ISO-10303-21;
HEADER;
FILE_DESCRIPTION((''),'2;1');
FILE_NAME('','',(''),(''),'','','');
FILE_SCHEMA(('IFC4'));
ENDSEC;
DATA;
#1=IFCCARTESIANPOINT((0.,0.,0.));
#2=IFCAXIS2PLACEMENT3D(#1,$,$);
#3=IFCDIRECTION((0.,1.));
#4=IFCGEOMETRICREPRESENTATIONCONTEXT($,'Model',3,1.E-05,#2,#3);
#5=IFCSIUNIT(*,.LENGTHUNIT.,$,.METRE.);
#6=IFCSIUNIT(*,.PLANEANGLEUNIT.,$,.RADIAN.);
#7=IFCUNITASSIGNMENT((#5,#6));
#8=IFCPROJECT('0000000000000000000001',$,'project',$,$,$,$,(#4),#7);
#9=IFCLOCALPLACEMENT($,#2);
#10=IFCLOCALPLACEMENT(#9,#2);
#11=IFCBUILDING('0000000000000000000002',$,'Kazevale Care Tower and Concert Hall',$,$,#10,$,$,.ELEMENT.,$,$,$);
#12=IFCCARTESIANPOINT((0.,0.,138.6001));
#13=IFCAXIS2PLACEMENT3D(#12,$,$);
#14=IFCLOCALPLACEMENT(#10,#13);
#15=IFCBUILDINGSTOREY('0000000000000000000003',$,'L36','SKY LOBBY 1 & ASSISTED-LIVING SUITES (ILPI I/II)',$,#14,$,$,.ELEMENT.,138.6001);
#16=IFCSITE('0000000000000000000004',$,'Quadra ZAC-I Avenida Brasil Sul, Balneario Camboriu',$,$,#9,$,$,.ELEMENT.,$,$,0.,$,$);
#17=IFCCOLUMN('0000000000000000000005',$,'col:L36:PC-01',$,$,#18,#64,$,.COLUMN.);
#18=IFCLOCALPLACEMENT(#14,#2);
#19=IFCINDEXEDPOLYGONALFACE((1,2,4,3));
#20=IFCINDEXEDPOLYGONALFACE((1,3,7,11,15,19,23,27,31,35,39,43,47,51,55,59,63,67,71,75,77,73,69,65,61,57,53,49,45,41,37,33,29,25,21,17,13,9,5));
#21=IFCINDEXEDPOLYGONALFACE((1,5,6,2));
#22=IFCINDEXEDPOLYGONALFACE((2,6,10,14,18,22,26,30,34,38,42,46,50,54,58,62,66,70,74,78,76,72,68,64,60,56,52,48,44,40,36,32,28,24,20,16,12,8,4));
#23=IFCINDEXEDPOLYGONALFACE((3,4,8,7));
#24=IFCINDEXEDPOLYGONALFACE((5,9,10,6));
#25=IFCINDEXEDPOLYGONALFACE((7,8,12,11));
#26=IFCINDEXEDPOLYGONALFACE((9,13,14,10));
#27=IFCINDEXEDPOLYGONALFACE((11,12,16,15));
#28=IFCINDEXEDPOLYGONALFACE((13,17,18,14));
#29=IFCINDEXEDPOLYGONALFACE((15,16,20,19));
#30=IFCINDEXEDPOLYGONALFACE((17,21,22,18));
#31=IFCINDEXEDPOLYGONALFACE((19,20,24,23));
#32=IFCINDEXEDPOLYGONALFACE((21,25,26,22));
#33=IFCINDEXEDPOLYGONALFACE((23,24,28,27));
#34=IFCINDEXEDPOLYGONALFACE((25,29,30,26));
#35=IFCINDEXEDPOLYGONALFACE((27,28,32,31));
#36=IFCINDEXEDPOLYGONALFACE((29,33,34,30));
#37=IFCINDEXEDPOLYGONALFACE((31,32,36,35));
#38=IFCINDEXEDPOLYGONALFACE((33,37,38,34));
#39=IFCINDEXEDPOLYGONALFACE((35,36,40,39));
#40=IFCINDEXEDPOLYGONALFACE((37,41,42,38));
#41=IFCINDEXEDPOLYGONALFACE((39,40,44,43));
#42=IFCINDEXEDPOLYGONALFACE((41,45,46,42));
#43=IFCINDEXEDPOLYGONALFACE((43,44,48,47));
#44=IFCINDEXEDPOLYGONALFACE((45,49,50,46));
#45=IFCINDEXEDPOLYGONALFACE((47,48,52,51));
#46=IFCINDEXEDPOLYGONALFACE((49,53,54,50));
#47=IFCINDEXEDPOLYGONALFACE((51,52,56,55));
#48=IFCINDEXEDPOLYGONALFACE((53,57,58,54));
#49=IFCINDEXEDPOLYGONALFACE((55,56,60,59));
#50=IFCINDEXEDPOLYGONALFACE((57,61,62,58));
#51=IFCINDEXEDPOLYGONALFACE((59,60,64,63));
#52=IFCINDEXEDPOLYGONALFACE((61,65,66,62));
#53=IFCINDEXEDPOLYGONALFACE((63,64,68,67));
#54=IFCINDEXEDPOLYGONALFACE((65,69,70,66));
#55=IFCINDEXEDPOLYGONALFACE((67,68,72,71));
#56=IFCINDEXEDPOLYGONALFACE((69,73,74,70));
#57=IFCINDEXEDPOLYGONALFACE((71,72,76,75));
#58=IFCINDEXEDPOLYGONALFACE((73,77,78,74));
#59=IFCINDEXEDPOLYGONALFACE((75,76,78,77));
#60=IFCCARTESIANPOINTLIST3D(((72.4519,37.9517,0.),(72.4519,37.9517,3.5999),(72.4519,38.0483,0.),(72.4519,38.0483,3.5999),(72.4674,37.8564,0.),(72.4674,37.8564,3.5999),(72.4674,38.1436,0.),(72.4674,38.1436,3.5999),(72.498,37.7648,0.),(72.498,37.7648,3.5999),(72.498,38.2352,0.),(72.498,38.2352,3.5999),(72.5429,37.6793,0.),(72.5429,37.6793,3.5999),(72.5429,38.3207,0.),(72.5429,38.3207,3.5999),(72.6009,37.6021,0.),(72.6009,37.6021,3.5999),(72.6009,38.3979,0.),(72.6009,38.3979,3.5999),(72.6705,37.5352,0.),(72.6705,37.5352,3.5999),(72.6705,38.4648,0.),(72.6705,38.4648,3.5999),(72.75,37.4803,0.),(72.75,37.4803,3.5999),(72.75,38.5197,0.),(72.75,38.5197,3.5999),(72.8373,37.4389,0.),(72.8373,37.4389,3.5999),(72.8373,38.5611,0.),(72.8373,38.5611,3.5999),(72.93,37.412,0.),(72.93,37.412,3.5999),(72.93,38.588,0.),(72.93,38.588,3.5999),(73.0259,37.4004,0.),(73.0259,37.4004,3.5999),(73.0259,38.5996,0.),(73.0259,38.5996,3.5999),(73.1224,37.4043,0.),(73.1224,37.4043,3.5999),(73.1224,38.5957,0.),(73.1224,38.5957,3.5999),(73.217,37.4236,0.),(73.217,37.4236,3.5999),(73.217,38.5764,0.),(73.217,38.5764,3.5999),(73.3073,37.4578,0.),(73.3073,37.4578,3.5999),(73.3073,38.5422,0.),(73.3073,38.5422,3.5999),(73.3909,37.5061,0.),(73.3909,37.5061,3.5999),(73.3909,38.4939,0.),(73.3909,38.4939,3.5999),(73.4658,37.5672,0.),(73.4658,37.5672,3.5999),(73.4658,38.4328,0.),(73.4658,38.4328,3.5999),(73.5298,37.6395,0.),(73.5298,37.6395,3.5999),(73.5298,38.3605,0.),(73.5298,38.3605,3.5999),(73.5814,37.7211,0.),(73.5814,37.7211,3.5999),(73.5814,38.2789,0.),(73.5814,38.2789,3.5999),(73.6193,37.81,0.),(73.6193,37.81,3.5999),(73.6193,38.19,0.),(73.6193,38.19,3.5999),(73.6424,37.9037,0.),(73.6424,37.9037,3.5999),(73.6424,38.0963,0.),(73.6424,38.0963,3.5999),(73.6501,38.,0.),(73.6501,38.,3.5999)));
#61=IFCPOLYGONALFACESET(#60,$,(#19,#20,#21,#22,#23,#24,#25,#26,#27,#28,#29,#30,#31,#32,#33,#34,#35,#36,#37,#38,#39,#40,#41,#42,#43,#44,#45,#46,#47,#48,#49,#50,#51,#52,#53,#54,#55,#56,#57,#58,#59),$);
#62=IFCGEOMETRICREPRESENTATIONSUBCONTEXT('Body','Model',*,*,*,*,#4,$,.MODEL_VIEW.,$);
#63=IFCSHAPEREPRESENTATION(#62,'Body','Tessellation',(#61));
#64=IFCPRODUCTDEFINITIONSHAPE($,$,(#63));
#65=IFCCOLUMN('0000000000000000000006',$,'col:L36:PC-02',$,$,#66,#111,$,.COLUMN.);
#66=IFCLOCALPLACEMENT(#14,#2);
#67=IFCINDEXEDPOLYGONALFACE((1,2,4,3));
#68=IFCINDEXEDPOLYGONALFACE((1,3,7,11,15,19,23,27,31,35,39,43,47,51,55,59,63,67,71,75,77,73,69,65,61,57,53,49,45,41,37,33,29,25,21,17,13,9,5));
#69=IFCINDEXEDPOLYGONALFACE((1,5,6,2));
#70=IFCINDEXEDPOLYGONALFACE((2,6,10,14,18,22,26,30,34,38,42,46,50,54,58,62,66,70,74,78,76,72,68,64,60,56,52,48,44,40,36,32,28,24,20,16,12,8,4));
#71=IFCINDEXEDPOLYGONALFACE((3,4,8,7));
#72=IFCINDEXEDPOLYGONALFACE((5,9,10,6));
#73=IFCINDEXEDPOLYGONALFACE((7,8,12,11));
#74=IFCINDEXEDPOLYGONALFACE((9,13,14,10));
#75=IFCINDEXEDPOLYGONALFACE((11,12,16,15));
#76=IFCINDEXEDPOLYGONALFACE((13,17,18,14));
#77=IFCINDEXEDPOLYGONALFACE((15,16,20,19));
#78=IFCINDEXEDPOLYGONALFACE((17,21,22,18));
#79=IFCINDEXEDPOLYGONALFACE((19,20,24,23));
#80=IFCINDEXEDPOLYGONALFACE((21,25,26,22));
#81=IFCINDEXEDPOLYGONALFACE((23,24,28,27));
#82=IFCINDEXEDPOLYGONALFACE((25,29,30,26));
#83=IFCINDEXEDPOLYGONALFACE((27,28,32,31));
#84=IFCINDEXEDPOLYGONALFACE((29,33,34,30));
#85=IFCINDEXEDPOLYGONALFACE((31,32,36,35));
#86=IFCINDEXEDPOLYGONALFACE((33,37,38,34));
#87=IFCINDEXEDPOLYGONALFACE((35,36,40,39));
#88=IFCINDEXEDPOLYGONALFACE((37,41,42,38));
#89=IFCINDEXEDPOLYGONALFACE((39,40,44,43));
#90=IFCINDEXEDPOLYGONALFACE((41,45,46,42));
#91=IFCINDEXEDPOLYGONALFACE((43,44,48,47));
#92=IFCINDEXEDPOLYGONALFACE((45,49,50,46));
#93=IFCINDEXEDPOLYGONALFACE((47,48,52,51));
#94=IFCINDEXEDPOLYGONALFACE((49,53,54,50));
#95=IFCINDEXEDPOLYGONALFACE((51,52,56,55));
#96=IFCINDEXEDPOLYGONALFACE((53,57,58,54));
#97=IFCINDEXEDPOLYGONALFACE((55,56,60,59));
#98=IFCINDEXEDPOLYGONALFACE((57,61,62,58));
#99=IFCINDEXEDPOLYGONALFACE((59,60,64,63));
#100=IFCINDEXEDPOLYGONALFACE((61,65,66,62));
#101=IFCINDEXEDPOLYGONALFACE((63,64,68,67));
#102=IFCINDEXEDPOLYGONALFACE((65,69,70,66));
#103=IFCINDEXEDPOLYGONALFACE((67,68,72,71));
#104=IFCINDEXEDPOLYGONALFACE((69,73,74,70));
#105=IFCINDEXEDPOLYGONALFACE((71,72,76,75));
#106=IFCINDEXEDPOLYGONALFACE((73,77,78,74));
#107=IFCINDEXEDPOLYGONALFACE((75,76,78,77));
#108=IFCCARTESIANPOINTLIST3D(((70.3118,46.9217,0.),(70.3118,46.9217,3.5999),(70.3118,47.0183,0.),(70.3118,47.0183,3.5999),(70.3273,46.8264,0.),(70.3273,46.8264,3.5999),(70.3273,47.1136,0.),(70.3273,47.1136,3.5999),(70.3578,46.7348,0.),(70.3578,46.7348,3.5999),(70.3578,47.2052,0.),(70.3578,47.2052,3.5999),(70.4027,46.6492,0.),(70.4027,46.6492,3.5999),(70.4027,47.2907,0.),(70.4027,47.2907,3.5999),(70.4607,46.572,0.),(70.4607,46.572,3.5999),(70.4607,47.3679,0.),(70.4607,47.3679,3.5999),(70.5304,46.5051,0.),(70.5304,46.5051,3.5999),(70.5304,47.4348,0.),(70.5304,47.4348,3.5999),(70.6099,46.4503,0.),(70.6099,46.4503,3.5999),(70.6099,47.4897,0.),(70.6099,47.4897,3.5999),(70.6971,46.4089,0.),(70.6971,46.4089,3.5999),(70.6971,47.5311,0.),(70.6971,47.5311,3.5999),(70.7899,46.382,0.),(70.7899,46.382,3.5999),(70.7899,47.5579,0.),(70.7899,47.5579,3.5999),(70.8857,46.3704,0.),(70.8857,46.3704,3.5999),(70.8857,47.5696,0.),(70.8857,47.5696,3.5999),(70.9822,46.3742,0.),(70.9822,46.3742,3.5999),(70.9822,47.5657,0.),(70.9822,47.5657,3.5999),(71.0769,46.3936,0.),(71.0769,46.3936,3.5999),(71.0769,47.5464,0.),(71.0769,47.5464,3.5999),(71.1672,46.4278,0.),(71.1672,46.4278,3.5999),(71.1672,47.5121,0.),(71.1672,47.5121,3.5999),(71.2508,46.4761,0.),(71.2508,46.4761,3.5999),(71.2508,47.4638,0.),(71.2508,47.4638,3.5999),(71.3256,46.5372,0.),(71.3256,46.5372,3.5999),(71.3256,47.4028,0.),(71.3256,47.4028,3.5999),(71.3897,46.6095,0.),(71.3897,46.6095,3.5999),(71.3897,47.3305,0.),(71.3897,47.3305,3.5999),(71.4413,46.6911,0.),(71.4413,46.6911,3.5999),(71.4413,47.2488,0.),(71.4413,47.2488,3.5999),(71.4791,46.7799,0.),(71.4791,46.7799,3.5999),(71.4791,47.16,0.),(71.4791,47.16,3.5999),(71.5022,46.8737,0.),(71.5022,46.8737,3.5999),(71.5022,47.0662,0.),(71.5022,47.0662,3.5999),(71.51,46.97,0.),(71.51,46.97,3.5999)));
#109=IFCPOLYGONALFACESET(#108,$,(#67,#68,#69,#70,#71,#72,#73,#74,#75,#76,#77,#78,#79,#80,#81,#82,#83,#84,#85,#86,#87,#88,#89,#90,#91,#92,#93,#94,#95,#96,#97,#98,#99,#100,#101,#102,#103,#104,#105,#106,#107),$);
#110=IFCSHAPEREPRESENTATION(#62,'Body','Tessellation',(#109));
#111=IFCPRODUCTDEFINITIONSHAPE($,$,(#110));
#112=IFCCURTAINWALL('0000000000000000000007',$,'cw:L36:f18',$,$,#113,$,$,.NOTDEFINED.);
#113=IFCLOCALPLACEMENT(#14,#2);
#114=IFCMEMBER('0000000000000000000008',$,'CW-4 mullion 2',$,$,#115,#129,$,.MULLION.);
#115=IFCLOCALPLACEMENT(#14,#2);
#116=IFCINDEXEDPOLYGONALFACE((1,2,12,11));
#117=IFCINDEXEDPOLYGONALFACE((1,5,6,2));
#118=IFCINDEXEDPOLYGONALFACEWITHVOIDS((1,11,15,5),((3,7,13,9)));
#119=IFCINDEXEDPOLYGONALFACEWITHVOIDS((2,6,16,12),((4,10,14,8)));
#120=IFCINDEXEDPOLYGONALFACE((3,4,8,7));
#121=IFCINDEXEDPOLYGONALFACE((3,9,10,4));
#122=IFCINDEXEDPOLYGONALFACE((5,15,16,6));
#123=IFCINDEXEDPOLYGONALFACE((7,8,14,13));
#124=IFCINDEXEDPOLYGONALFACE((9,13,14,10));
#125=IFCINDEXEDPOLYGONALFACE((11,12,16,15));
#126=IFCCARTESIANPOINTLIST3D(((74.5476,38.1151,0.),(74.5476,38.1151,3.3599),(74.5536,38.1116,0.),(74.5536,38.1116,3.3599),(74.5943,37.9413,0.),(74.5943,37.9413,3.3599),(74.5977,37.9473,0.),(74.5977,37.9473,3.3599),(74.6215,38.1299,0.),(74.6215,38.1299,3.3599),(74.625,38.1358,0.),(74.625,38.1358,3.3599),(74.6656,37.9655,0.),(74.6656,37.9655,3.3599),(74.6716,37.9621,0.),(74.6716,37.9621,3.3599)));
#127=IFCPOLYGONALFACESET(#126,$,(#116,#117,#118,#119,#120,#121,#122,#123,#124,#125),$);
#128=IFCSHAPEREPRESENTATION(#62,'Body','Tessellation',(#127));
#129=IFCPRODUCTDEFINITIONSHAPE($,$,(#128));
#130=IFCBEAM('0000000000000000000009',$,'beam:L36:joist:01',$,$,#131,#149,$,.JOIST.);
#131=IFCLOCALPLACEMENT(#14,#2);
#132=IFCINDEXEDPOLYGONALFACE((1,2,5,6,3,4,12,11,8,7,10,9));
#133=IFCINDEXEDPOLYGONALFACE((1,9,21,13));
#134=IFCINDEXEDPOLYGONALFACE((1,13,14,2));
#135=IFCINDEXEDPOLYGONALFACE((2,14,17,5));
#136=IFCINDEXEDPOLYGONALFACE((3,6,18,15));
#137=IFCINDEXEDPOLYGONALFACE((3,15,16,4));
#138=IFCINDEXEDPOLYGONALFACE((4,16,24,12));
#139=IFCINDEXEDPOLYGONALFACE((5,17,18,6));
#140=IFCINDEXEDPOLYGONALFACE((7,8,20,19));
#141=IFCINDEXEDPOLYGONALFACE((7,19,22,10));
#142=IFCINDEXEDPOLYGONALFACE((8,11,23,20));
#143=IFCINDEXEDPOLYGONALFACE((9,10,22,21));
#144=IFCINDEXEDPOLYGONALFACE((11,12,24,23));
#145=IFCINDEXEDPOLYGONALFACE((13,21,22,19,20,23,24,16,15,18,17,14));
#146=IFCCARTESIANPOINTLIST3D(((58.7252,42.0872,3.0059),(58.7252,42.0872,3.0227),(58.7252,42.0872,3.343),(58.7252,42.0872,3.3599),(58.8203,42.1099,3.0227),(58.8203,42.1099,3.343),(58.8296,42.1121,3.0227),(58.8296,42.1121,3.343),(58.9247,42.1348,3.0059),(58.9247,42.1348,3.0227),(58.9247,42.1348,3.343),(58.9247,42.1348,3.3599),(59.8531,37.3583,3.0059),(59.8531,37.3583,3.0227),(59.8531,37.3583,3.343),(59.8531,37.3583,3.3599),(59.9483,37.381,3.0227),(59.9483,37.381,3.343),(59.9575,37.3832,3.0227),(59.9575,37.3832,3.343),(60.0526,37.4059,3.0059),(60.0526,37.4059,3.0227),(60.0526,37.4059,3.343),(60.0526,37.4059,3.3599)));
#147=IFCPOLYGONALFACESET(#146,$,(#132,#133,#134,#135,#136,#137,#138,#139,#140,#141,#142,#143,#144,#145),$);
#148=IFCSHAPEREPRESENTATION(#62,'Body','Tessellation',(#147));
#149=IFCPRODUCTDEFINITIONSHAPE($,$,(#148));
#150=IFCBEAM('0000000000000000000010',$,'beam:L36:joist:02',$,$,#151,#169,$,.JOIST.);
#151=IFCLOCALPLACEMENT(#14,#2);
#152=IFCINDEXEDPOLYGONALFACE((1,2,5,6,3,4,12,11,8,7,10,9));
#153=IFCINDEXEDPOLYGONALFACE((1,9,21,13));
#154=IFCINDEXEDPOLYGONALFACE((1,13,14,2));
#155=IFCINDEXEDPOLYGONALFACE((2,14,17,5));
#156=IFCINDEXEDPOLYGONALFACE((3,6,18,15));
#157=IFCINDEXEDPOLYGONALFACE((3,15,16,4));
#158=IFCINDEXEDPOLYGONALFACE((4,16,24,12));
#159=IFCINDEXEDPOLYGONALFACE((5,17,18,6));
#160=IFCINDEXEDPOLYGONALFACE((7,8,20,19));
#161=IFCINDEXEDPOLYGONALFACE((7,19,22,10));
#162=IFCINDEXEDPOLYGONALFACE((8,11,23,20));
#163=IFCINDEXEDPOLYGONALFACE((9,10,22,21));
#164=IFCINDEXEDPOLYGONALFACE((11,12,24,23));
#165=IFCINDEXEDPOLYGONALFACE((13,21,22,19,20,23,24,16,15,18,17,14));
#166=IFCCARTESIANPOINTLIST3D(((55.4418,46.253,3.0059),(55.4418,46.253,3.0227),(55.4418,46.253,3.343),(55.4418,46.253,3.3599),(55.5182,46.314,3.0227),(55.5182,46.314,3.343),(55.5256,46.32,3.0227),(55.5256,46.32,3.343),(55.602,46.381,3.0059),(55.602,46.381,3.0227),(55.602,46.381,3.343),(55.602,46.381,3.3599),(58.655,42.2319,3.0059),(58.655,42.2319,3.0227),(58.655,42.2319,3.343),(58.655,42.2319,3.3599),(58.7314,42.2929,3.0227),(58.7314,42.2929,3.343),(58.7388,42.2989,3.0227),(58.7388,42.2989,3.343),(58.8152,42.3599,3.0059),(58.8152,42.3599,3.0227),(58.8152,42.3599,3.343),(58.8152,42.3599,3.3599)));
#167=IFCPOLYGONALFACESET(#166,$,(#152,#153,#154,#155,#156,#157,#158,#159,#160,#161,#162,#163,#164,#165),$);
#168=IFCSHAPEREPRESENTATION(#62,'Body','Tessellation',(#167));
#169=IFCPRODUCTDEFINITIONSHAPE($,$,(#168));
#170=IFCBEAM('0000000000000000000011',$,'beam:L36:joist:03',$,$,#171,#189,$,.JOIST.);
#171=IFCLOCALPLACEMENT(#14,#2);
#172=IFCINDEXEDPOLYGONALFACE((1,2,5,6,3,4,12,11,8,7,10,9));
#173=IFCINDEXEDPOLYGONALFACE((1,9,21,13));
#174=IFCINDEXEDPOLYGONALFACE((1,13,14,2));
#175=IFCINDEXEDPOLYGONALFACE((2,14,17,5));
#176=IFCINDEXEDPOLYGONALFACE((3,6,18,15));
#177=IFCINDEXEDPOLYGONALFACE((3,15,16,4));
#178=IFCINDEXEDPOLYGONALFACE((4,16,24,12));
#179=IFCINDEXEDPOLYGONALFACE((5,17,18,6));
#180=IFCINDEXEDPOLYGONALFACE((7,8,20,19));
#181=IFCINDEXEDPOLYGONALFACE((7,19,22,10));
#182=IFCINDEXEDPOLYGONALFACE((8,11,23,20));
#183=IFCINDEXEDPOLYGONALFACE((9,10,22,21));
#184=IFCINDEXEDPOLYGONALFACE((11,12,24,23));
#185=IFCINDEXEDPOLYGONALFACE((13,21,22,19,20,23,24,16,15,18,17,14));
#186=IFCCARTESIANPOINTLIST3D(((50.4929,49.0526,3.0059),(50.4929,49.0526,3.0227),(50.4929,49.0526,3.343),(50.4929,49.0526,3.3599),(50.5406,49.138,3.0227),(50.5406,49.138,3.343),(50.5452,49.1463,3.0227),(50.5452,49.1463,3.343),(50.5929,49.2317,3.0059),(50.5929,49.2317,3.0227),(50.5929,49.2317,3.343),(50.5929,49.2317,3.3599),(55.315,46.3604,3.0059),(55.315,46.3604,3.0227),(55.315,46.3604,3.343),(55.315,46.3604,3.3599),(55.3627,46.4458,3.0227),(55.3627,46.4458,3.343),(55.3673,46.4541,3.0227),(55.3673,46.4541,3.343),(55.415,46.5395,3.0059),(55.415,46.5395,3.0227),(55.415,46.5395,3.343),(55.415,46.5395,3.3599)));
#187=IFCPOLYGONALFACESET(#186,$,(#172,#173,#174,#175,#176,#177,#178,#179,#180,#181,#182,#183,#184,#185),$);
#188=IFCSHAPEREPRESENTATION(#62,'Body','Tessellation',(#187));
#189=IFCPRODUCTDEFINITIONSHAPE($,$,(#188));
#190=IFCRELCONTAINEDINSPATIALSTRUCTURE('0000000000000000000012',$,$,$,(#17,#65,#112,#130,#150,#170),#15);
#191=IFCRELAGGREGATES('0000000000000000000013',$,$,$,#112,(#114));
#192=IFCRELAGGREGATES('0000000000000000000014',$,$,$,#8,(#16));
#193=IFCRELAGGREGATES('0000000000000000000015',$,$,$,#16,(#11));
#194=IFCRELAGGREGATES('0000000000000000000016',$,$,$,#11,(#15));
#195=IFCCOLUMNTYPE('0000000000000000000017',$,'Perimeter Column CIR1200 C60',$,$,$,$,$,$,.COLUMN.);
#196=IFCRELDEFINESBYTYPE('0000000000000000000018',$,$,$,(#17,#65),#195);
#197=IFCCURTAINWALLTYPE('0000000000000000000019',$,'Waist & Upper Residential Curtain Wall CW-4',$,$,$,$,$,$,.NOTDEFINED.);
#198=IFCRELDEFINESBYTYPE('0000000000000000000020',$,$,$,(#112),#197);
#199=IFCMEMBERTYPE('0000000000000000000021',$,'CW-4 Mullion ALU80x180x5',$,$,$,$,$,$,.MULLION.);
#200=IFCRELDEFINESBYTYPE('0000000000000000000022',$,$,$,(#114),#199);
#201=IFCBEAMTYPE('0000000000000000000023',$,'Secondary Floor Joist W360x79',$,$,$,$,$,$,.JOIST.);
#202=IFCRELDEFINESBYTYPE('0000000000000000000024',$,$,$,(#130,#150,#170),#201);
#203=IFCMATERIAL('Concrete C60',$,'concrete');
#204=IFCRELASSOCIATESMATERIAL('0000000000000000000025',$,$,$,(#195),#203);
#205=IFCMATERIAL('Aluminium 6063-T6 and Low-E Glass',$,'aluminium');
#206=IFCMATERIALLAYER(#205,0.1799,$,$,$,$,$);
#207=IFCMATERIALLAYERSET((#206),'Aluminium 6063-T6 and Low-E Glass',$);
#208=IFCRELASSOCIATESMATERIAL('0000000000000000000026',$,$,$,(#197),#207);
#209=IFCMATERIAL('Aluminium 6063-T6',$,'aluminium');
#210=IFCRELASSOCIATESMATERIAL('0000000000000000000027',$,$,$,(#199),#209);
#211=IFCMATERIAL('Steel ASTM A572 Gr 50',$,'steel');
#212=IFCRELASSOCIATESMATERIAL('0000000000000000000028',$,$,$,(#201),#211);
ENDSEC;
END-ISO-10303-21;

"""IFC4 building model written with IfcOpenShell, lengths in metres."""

from ifc_helpers import new_model, si_unit, direction, frame, origin, origin_2d, place, context, subcontext, project, spatial, hollow_rectangle, circle, i_section, extrude, material, layer, layer_set, material_profile, profile_set, type_object, element, aggregate, save


model = new_model("IFC4")

# Units and contexts
model_context = context("Model", 3, precision=1e-05, world=origin(), true_north=direction((0.0, 1.0)))
body_context = subcontext(model_context, "Body", "Model", "MODEL_VIEW")
ifc_project = project(units=[si_unit("LENGTHUNIT", "METRE"), si_unit("PLANEANGLEUNIT", "RADIAN")], contexts=[model_context])

# Site, building, storey
site_placement = place(None, origin())
site = spatial("IfcSite", under=ifc_project, at=site_placement, Name="Quadra ZAC-I Avenida Brasil Sul, Balneario Camboriu", CompositionType="ELEMENT", RefElevation=0.0)
building_placement = place(site_placement, origin())
building = spatial("IfcBuilding", under=site, at=building_placement, Name="Kazevale Care Tower and Concert Hall", CompositionType="ELEMENT")
storey_placement = place(building_placement, frame((0.0, 0.0, 138.6001)))
storey = spatial("IfcBuildingStorey", under=building, at=storey_placement, Name="L36", Description="SKY LOBBY 1 & ASSISTED-LIVING SUITES (ILPI I/II)", CompositionType="ELEMENT", Elevation=138.6001)

# Columns
ifc_material_1 = material(Name="Concrete C60", Category="concrete")
ifc_material_profile_1 = material_profile(ifc_material_1, circle(Radius=0.6001, at=origin_2d()), Name="RC-CIR1200")
ifc_profile_set_1 = profile_set([ifc_material_profile_1], Name="Concrete C60")
column_type = type_object("IfcColumnType", Name="Perimeter Column CIR1200 C60", PredefinedType="COLUMN", material=ifc_profile_set_1)
for number, where, z_axis, x_axis, name in (
    (1, (73.05, 38.0, 0.0), (0.0, 0.0, 1.0), (1.0, 0.0, 0.0), "col:L36:PC-01"),
    (2, (70.9099, 46.97, 0.0), (0.0, 0.0, 1.0), (1.0, 0.0, 0.0), "col:L36:PC-02"),
):
    element("IfcColumn", number, at=place(storey_placement, frame(where, z_axis=z_axis, x_axis=x_axis)), inside=storey, type_object=column_type, Name=name, PredefinedType="COLUMN", context=body_context, shape_type="SweptSolid", body=[
        extrude(circle(Radius=0.6001, at=origin_2d()), origin(), (0.0, 0.0, 1.0), 3.5999),
    ])

# Curtain wall, member
ifc_material_2 = material(Name="Aluminium 6063-T6 and Low-E Glass", Category="aluminium")
ifc_layer_1 = layer(ifc_material_2, 0.1799)
ifc_layer_set_1 = layer_set([ifc_layer_1], Name="Aluminium 6063-T6 and Low-E Glass")
curtain_wall_type = type_object("IfcCurtainWallType", Name="Waist & Upper Residential Curtain Wall CW-4", PredefinedType="NOTDEFINED", material=ifc_layer_set_1)
curtain_wall_placement = place(storey_placement, origin())
curtain_wall = element("IfcCurtainWall", 3, at=curtain_wall_placement, inside=storey, type_object=curtain_wall_type, Name="cw:L36:f18", PredefinedType="NOTDEFINED")
ifc_material_3 = material(Name="Aluminium 6063-T6", Category="aluminium")
ifc_material_profile_2 = material_profile(ifc_material_3, hollow_rectangle(XDim=0.0801, YDim=0.1799, WallThickness=0.0049, at=origin_2d()), Name="ALU80x180x5")
ifc_profile_set_2 = profile_set([ifc_material_profile_2], Name="Aluminium 6063-T6")
member_type = type_object("IfcMemberType", Name="CW-4 Mullion ALU80x180x5", PredefinedType="MULLION", material=ifc_profile_set_2)
member_placement = place(storey_placement, frame((74.6096, 38.0386, 0.0), z_axis=(0.0, 0.0, 1.0), x_axis=(0.965806, 0.259265, 0.0)))
member = element("IfcMember", 4, at=member_placement, type_object=member_type, Name="CW-4 mullion 2", PredefinedType="MULLION", context=body_context, shape_type="SweptSolid", body=[
    extrude(hollow_rectangle(XDim=0.0801, YDim=0.1799, WallThickness=0.0049, at=origin_2d()), origin(), (0.0, 0.0, 1.0), 3.3599),
])

# Beams
ifc_material_4 = material(Name="Steel ASTM A572 Gr 50", Category="steel")
ifc_material_profile_3 = material_profile(ifc_material_4, i_section(OverallWidth=0.2051, OverallDepth=0.354, WebThickness=0.0095, FlangeThickness=0.0168, at=origin_2d()), Name="W360x79")
ifc_profile_set_3 = profile_set([ifc_material_profile_3], Name="Steel ASTM A572 Gr 50")
beam_type_1 = type_object("IfcBeamType", Name="Secondary Floor Joist W360x79", PredefinedType="JOIST", material=ifc_profile_set_3)
beam_1_placement = place(storey_placement, frame((59.9529, 37.3821, 3.1829), z_axis=(-0.232005, 0.972715, 0.0), x_axis=(-0.972715, -0.232005, 0.0)))
element("IfcBeam", 5, at=beam_1_placement, inside=storey, type_object=beam_type_1, Name="beam:L36:joist:01", PredefinedType="JOIST", context=body_context, shape_type="SweptSolid", body=[
    extrude(i_section(OverallWidth=0.2051, OverallDepth=0.354, WebThickness=0.0095, FlangeThickness=0.0168, at=origin_2d()), origin(), (0.0, 0.0, 1.0), 4.8616),
])
beam_2_placement = place(storey_placement, frame((58.7351, 42.2959, 3.1829), z_axis=(-0.624261, 0.781216, 0.0), x_axis=(-0.781216, -0.624261, 0.0)))
element("IfcBeam", 6, at=beam_2_placement, inside=storey, type_object=beam_type_1, Name="beam:L36:joist:02", PredefinedType="JOIST", context=body_context, shape_type="SweptSolid", body=[
    extrude(i_section(OverallWidth=0.2051, OverallDepth=0.354, WebThickness=0.0095, FlangeThickness=0.0168, at=origin_2d()), origin(), (0.0, 0.0, 1.0), 5.1472),
])
beam_3_placement = place(storey_placement, frame((55.365, 46.45, 3.1829), z_axis=(-0.873138, 0.487474, 0.0), x_axis=(-0.487474, -0.873138, 0.0)))
element("IfcBeam", 7, at=beam_3_placement, inside=storey, type_object=beam_type_1, Name="beam:L36:joist:03", PredefinedType="JOIST", context=body_context, shape_type="SweptSolid", body=[
    extrude(i_section(OverallWidth=0.2051, OverallDepth=0.354, WebThickness=0.0095, FlangeThickness=0.0168, at=origin_2d()), origin(), (0.0, 0.0, 1.0), 5.5227),
])

aggregate(curtain_wall, [member])

save(model, "model.ifc")
